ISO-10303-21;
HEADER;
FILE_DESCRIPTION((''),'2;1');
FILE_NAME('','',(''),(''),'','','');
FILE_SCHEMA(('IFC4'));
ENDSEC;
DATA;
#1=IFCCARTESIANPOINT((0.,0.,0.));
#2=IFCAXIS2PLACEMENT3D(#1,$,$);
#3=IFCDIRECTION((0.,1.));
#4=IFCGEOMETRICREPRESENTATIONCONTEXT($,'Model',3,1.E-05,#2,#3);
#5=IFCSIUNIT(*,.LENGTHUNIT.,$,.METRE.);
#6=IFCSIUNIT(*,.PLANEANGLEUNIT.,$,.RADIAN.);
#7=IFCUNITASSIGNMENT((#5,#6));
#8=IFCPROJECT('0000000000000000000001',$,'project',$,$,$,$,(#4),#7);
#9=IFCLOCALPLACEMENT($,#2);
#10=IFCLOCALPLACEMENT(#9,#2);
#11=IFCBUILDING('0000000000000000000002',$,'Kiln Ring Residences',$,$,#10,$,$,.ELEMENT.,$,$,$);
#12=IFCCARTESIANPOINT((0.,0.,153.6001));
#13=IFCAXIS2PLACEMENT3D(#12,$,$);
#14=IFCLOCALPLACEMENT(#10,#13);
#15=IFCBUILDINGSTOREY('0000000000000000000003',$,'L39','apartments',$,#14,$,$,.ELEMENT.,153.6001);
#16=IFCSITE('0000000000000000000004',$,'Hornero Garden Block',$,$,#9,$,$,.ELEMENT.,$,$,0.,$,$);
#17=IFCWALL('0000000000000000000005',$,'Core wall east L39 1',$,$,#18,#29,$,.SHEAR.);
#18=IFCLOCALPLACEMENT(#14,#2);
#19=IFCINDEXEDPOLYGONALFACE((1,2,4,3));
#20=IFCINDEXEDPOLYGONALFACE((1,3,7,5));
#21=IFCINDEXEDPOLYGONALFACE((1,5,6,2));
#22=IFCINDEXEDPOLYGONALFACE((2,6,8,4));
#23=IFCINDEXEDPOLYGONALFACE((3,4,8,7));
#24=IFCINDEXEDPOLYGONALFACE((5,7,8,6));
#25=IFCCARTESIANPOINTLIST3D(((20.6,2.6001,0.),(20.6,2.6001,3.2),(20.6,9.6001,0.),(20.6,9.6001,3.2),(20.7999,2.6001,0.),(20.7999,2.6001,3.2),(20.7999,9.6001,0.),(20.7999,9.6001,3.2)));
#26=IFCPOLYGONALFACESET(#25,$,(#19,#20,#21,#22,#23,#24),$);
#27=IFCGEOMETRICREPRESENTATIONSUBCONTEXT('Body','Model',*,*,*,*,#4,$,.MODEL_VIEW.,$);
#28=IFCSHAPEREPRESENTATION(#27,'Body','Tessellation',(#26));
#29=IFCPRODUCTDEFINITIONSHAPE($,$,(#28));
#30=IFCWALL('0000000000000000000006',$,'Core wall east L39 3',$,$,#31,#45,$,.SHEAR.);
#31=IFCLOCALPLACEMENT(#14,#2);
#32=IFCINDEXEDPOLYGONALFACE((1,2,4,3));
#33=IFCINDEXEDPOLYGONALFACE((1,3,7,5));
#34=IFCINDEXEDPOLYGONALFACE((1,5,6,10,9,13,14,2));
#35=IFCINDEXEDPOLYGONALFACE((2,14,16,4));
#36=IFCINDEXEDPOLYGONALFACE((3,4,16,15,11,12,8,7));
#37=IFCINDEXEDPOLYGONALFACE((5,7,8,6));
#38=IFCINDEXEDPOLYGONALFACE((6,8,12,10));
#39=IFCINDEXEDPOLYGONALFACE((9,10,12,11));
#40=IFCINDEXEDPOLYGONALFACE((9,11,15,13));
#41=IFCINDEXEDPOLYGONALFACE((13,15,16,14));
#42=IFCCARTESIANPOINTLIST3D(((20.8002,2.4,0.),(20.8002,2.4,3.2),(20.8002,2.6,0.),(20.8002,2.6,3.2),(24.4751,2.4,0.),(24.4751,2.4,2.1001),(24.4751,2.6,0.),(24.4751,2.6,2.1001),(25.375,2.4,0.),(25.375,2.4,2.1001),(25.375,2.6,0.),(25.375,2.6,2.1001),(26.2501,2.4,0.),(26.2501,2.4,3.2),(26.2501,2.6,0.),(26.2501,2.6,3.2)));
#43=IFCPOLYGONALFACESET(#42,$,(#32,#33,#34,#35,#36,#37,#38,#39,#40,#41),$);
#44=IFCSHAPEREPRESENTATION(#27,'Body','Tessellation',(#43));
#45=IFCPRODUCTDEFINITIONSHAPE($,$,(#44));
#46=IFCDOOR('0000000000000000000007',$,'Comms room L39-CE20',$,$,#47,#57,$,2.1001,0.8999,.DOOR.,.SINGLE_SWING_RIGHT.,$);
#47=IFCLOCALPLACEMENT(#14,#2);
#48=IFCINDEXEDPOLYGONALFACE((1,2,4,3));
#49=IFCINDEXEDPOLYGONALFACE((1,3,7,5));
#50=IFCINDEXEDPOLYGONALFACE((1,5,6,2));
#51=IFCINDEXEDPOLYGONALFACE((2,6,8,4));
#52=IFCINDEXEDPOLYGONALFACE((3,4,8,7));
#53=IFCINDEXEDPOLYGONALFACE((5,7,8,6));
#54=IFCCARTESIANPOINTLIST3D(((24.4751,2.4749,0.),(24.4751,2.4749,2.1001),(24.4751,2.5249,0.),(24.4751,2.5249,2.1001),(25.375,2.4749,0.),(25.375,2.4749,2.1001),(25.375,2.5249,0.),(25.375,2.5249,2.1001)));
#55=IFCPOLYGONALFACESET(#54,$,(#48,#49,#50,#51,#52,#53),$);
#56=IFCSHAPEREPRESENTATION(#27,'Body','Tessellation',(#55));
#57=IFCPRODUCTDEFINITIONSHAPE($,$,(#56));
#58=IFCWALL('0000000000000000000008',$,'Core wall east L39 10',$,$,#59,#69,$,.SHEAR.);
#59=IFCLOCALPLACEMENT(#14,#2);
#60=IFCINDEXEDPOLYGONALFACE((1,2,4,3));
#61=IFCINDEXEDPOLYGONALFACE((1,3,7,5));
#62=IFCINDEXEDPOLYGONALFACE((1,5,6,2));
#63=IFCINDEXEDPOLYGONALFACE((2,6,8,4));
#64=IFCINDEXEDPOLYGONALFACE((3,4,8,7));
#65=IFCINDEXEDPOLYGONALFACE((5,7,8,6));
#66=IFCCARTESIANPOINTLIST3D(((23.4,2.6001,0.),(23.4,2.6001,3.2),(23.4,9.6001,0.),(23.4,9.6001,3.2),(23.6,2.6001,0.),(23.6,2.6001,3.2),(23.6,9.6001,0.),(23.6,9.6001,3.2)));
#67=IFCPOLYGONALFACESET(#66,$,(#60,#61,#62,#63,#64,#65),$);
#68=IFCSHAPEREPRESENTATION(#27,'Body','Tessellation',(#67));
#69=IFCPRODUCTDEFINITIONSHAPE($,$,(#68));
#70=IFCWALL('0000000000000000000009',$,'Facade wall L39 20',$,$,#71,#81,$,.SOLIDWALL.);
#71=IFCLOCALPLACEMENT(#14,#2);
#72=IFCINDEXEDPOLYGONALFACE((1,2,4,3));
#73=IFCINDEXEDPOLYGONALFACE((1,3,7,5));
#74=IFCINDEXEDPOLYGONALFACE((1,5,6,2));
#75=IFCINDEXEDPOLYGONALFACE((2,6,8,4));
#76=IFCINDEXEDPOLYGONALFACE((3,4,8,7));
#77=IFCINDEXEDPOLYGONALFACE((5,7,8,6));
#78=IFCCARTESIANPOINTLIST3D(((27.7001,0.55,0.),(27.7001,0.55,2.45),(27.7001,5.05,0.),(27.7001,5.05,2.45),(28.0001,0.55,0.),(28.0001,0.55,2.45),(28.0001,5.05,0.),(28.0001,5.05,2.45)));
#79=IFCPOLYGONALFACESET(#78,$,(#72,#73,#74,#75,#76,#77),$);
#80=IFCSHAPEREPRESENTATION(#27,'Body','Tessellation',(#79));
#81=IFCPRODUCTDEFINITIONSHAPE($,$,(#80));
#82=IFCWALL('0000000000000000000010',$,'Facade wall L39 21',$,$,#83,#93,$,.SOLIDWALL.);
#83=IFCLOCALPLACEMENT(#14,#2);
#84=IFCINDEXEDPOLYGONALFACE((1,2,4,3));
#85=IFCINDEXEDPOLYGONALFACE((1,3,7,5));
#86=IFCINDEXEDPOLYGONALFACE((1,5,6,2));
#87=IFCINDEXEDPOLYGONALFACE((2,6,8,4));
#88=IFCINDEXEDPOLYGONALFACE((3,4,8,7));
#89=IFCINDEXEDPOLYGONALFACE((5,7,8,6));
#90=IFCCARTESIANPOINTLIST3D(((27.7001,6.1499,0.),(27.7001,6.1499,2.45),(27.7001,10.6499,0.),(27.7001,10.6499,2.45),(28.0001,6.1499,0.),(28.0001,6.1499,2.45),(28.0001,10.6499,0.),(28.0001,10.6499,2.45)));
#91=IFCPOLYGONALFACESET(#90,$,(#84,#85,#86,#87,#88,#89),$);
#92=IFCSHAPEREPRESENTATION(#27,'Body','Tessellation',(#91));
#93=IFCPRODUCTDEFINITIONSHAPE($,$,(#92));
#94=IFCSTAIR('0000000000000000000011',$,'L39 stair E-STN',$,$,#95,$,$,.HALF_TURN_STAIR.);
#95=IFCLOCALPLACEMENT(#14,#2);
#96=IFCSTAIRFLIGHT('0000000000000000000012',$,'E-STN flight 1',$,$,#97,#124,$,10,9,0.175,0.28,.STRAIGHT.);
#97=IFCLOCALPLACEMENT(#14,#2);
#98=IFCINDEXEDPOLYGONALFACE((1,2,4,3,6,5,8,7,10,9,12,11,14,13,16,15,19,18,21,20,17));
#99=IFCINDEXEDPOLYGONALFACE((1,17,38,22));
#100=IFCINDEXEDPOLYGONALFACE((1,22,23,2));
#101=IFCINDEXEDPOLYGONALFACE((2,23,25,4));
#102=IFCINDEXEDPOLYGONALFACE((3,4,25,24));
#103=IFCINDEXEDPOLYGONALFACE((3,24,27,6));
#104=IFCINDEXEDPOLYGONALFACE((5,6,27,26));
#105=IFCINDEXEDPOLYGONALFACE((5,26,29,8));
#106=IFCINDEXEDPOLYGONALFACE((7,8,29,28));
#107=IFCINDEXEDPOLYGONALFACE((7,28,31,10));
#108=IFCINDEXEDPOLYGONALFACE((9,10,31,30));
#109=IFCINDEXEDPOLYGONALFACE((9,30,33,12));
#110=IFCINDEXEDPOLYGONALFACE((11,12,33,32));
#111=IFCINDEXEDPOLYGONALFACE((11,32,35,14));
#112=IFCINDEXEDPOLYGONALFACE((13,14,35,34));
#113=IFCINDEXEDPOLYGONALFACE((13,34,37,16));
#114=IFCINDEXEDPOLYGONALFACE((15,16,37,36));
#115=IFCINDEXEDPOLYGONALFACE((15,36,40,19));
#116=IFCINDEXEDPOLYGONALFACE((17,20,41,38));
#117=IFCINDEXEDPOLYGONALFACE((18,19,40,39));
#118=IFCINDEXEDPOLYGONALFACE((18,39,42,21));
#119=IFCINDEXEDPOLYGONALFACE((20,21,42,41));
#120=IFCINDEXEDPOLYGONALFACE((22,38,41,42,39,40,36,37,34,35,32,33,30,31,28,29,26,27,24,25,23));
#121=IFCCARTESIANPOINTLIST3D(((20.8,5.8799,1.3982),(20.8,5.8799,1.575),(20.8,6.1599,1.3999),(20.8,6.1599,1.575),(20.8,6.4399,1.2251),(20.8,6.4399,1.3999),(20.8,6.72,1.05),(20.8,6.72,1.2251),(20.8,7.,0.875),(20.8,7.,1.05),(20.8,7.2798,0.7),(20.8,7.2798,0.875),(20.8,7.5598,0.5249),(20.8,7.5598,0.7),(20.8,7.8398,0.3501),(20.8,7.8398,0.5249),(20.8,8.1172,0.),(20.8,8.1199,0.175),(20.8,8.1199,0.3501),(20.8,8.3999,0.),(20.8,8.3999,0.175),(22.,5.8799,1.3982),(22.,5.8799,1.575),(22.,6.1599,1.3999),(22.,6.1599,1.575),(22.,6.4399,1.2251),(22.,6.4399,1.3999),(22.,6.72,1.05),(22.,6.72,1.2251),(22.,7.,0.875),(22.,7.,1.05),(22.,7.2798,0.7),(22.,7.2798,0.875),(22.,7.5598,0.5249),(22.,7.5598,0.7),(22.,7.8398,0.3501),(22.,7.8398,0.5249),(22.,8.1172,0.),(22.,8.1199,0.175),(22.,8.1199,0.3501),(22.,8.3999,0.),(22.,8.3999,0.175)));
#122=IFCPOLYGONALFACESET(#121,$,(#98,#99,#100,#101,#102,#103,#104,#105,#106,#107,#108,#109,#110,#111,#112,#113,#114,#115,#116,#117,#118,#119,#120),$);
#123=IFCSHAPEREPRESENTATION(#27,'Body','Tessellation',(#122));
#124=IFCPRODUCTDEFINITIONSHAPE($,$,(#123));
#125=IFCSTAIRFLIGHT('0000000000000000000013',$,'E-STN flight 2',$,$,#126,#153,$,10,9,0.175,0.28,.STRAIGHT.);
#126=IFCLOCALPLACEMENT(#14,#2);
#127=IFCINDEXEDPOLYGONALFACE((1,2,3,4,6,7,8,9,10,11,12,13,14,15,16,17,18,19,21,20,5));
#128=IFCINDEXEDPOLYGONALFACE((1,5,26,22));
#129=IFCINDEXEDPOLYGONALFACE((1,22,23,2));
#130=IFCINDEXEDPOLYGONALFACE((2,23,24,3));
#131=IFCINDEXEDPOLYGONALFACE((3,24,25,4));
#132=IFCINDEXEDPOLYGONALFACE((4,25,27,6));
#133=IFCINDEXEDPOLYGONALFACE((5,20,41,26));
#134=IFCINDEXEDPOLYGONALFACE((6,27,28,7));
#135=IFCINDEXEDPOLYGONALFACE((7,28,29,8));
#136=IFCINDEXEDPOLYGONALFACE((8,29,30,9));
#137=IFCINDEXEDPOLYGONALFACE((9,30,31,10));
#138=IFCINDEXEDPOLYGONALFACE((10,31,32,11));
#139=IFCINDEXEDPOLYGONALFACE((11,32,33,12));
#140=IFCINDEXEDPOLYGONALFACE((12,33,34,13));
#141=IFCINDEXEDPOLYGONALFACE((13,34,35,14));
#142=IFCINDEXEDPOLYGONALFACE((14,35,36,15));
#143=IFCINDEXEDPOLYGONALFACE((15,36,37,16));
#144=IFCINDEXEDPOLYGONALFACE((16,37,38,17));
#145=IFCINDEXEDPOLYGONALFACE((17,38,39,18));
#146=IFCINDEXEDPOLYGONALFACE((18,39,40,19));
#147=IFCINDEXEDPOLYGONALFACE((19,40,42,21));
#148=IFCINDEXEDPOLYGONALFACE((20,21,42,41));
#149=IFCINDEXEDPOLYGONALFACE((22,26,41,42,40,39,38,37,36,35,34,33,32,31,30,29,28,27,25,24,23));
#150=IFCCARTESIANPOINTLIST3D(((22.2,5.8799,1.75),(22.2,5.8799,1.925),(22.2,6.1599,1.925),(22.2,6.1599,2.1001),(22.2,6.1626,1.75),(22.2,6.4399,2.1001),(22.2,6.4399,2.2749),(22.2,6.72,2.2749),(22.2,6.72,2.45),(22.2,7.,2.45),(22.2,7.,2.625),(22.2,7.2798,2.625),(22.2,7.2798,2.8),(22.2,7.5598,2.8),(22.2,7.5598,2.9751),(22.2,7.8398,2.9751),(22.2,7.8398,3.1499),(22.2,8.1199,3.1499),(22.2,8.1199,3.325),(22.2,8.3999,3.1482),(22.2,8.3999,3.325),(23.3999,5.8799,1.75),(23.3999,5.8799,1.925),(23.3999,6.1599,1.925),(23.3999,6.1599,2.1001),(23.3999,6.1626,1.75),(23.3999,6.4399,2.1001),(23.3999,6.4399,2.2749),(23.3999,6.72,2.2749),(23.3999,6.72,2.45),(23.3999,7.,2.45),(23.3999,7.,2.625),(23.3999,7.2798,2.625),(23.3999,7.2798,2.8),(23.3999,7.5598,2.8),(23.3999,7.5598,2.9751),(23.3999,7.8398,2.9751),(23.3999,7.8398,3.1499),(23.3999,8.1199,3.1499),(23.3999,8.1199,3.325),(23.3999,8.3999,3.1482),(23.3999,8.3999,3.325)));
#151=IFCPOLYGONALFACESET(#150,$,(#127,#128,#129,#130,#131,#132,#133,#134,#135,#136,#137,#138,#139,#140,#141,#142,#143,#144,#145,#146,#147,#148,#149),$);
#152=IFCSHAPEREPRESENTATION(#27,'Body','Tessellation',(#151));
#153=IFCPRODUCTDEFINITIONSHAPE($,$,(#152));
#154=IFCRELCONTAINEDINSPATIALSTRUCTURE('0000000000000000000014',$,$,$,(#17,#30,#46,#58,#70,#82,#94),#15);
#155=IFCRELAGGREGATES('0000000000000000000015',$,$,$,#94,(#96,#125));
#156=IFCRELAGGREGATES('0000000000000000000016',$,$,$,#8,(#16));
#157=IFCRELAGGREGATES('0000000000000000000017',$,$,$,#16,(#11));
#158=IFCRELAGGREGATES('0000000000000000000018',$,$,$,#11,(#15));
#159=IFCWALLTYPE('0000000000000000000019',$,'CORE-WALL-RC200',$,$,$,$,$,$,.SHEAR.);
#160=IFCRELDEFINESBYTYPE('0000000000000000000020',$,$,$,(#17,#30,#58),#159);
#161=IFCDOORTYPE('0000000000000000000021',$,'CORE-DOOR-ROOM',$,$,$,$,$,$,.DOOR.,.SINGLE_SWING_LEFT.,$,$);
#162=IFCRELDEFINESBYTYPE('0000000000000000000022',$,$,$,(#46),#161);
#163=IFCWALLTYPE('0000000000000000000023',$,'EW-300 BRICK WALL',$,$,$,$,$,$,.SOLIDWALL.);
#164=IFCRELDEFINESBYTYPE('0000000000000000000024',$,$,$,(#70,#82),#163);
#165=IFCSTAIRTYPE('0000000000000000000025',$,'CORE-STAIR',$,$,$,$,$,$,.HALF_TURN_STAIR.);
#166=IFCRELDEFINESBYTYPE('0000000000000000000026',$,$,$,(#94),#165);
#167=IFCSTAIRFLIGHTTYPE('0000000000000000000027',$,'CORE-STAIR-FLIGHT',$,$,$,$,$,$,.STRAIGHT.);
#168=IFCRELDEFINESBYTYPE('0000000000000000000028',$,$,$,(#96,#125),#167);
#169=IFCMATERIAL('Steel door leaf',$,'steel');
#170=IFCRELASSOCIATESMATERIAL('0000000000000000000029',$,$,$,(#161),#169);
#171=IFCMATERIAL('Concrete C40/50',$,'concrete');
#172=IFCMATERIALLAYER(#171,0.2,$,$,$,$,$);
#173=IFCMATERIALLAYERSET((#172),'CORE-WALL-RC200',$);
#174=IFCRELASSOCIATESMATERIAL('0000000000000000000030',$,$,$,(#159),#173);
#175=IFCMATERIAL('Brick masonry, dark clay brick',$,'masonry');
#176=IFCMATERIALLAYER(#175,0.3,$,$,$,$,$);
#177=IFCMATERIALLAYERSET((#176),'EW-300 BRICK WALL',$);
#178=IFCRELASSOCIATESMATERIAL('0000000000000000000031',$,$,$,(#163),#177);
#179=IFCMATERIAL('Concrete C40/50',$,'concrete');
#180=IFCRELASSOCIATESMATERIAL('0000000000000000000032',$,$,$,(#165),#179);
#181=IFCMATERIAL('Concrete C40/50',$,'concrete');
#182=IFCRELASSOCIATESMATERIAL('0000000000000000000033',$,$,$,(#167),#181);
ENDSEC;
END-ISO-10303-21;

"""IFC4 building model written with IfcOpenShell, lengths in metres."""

from ifc_helpers import new_model, si_unit, direction, frame, frame_2d, origin, place, context, subcontext, project, spatial, polyline, rectangle, outline, extrude, material, layer, layer_set, type_object, element, fill, aggregate, save


model = new_model("IFC4")

# Units and contexts
model_context = context("Model", 3, precision=1e-05, world=origin(), true_north=direction((0.0, 1.0)))
body_context = subcontext(model_context, "Body", "Model", "MODEL_VIEW")
ifc_project = project(units=[si_unit("LENGTHUNIT", "METRE"), si_unit("PLANEANGLEUNIT", "RADIAN")], contexts=[model_context])

# Site, building, storey
site_placement = place(None, origin())
site = spatial("IfcSite", under=ifc_project, at=site_placement, Name="Hornero Garden Block", CompositionType="ELEMENT", RefElevation=0.0)
building_placement = place(site_placement, origin())
building = spatial("IfcBuilding", under=site, at=building_placement, Name="Kiln Ring Residences", CompositionType="ELEMENT")
storey_placement = place(building_placement, frame((0.0, 0.0, 153.6001)))
storey = spatial("IfcBuildingStorey", under=building, at=storey_placement, Name="L39", Description="apartments", CompositionType="ELEMENT", Elevation=153.6001)

# Shared definitions
ifc_material_1 = material(Name="Steel door leaf", Category="steel")
door_type = type_object("IfcDoorType", Name="CORE-DOOR-ROOM", OperationType="SINGLE_SWING_LEFT", PredefinedType="DOOR", material=ifc_material_1)

# Wall
ifc_material_2 = material(Name="Concrete C40/50", Category="concrete")
ifc_layer_1 = layer(ifc_material_2, 0.2)
ifc_layer_set_1 = layer_set([ifc_layer_1], Name="CORE-WALL-RC200")
wall_type_1 = type_object("IfcWallType", Name="CORE-WALL-RC200", PredefinedType="SHEAR", material=ifc_layer_set_1)
wall_1_placement = place(storey_placement, frame((20.7, 2.6001, 0.0), z_axis=(0.0, 0.0, 1.0), x_axis=(0.0, 1.0, 0.0)))
element("IfcWall", 1, at=wall_1_placement, inside=storey, type_object=wall_type_1, Name="Core wall east L39 1", PredefinedType="SHEAR", context=body_context, shape_type="SweptSolid", body=[
    extrude(rectangle(XDim=7.0, YDim=0.2, at=frame_2d((3.5, 0.0))), origin(), (0.0, 0.0, 1.0), 3.2),
])

# Wall, opening, door
wall_2_placement = place(storey_placement, frame((20.8, 2.5, 0.0), z_axis=(0.0, 0.0, 1.0), x_axis=(1.0, 0.0, 0.0)))
wall_2 = element("IfcWall", 2, at=wall_2_placement, inside=storey, type_object=wall_type_1, Name="Core wall east L39 3", PredefinedType="SHEAR", context=body_context, shape_type="SweptSolid", body=[
    extrude(rectangle(XDim=5.45, YDim=0.2, at=frame_2d((2.7251, 0.0))), origin(), (0.0, 0.0, 1.0), 3.2),
])
opening_1_placement = place(wall_2_placement, frame((3.675, 0.0, 0.0)))
opening_1 = element("IfcOpeningElement", 3, at=opening_1_placement, cuts=wall_2, PredefinedType="OPENING", context=body_context, shape_type="SweptSolid", body=[
    extrude(rectangle(XDim=0.8999, YDim=2.1001, at=frame_2d((0.45, 1.05))), frame((0.0, 0.1099, 0.0), z_axis=(0.0, -1.0, 0.0), x_axis=(1.0, 0.0, 0.0)), (0.0, 0.0, 1.0), 0.22),
])
door_1_placement = place(opening_1_placement, origin())
door_1 = element("IfcDoor", 4, at=door_1_placement, inside=storey, type_object=door_type, Name="Comms room L39-CE20", OperationType="SINGLE_SWING_RIGHT", OverallHeight=2.1001, OverallWidth=0.8999, PredefinedType="DOOR", context=body_context, shape_type="SweptSolid", body=[
    extrude(rectangle(XDim=0.8999, YDim=2.1001, at=frame_2d((0.45, 1.05))), frame((0.0, 0.0249, 0.0), z_axis=(0.0, -1.0, 0.0), x_axis=(1.0, 0.0, 0.0)), (0.0, 0.0, 1.0), 0.05),
])
fill(opening_1, door_1)

# Walls
wall_3_placement = place(storey_placement, frame((23.5, 2.6001, 0.0), z_axis=(0.0, 0.0, 1.0), x_axis=(0.0, 1.0, 0.0)))
element("IfcWall", 5, at=wall_3_placement, inside=storey, type_object=wall_type_1, Name="Core wall east L39 10", PredefinedType="SHEAR", context=body_context, shape_type="SweptSolid", body=[
    extrude(rectangle(XDim=7.0, YDim=0.2, at=frame_2d((3.5, 0.0))), origin(), (0.0, 0.0, 1.0), 3.2),
])
ifc_material_3 = material(Name="Brick masonry, dark clay brick", Category="masonry")
ifc_layer_2 = layer(ifc_material_3, 0.3)
ifc_layer_set_2 = layer_set([ifc_layer_2], Name="EW-300 BRICK WALL")
wall_type_2 = type_object("IfcWallType", Name="EW-300 BRICK WALL", PredefinedType="SOLIDWALL", material=ifc_layer_set_2)
for number, where, z_axis, x_axis, name in (
    (6, (27.8501, 0.55, 0.0), (0.0, 0.0, 1.0), (0.0, 1.0, 0.0), "Facade wall L39 20"),
    (7, (27.8501, 6.1499, 0.0), (0.0, 0.0, 1.0), (0.0, 1.0, 0.0), "Facade wall L39 21"),
):
    element("IfcWall", number, at=place(storey_placement, frame(where, z_axis=z_axis, x_axis=x_axis)), inside=storey, type_object=wall_type_2, Name=name, PredefinedType="SOLIDWALL", context=body_context, shape_type="SweptSolid", body=[
        extrude(rectangle(XDim=4.5, YDim=0.3, at=frame_2d((2.25, 0.0))), origin(), (0.0, 0.0, 1.0), 2.45),
    ])

# Stair, stair flights
ifc_material_4 = material(Name="Concrete C40/50", Category="concrete")
stair_type = type_object("IfcStairType", Name="CORE-STAIR", PredefinedType="HALF_TURN_STAIR", material=ifc_material_4)
stair_placement = place(storey_placement, origin())
stair = element("IfcStair", 8, at=stair_placement, inside=storey, type_object=stair_type, Name="L39 stair E-STN", PredefinedType="HALF_TURN_STAIR")
ifc_material_5 = material(Name="Concrete C40/50", Category="concrete")
stair_flight_type = type_object("IfcStairFlightType", Name="CORE-STAIR-FLIGHT", PredefinedType="STRAIGHT", material=ifc_material_5)
stair_flight_1_placement = place(storey_placement, frame((21.3999, 8.3999, 0.0), z_axis=(0.0, 0.0, 1.0), x_axis=(0.0, -1.0, 0.0)))
stair_flight_1 = element("IfcStairFlight", 9, at=stair_flight_1_placement, type_object=stair_flight_type, Name="E-STN flight 1", NumberOfRisers=10, NumberOfTreads=9, PredefinedType="STRAIGHT", RiserHeight=0.175, TreadLength=0.28, context=body_context, shape_type="SweptSolid", body=[
    extrude(outline(polyline([(0.0, 0.0), (0.0, 0.175), (0.28, 0.175), (0.28, 0.3501), (0.5601, 0.3501), (0.5601, 0.5249), (0.8401, 0.5249), (0.8401, 0.7), (1.1201, 0.7), (1.1201, 0.875), (1.3999, 0.875), (1.3999, 1.05), (1.6799, 1.05), (1.6799, 1.2251), (1.96, 1.2251), (1.96, 1.3999), (2.24, 1.3999), (2.24, 1.575), (2.52, 1.575), (2.52, 1.75), (2.52, 1.3982), (0.2827, 0.0), (0.0, 0.0)])), frame((0.0, 0.6001, 0.0), z_axis=(0.0, -1.0, 0.0), x_axis=(1.0, 0.0, 0.0)), (0.0, 0.0, 1.0), 1.2),
])
stair_flight_2_placement = place(storey_placement, frame((22.8, 5.8799, 1.75), z_axis=(0.0, 0.0, 1.0), x_axis=(0.0, 1.0, 0.0)))
stair_flight_2 = element("IfcStairFlight", 10, at=stair_flight_2_placement, type_object=stair_flight_type, Name="E-STN flight 2", NumberOfRisers=10, NumberOfTreads=9, PredefinedType="STRAIGHT", RiserHeight=0.175, TreadLength=0.28, context=body_context, shape_type="SweptSolid", body=[
    extrude(outline(polyline([(0.0, 0.0), (0.0, 0.175), (0.28, 0.175), (0.28, 0.3501), (0.5601, 0.3501), (0.5601, 0.5249), (0.8401, 0.5249), (0.8401, 0.7), (1.1201, 0.7), (1.1201, 0.875), (1.3999, 0.875), (1.3999, 1.05), (1.6799, 1.05), (1.6799, 1.2251), (1.96, 1.2251), (1.96, 1.3999), (2.24, 1.3999), (2.24, 1.575), (2.52, 1.575), (2.52, 1.75), (2.52, 1.3982), (0.2827, 0.0), (0.0, 0.0)])), frame((0.0, 0.6001, 0.0), z_axis=(0.0, -1.0, 0.0), x_axis=(1.0, 0.0, 0.0)), (0.0, 0.0, 1.0), 1.2),
])
aggregate(stair, [stair_flight_1, stair_flight_2])

save(model, "model.ifc")
